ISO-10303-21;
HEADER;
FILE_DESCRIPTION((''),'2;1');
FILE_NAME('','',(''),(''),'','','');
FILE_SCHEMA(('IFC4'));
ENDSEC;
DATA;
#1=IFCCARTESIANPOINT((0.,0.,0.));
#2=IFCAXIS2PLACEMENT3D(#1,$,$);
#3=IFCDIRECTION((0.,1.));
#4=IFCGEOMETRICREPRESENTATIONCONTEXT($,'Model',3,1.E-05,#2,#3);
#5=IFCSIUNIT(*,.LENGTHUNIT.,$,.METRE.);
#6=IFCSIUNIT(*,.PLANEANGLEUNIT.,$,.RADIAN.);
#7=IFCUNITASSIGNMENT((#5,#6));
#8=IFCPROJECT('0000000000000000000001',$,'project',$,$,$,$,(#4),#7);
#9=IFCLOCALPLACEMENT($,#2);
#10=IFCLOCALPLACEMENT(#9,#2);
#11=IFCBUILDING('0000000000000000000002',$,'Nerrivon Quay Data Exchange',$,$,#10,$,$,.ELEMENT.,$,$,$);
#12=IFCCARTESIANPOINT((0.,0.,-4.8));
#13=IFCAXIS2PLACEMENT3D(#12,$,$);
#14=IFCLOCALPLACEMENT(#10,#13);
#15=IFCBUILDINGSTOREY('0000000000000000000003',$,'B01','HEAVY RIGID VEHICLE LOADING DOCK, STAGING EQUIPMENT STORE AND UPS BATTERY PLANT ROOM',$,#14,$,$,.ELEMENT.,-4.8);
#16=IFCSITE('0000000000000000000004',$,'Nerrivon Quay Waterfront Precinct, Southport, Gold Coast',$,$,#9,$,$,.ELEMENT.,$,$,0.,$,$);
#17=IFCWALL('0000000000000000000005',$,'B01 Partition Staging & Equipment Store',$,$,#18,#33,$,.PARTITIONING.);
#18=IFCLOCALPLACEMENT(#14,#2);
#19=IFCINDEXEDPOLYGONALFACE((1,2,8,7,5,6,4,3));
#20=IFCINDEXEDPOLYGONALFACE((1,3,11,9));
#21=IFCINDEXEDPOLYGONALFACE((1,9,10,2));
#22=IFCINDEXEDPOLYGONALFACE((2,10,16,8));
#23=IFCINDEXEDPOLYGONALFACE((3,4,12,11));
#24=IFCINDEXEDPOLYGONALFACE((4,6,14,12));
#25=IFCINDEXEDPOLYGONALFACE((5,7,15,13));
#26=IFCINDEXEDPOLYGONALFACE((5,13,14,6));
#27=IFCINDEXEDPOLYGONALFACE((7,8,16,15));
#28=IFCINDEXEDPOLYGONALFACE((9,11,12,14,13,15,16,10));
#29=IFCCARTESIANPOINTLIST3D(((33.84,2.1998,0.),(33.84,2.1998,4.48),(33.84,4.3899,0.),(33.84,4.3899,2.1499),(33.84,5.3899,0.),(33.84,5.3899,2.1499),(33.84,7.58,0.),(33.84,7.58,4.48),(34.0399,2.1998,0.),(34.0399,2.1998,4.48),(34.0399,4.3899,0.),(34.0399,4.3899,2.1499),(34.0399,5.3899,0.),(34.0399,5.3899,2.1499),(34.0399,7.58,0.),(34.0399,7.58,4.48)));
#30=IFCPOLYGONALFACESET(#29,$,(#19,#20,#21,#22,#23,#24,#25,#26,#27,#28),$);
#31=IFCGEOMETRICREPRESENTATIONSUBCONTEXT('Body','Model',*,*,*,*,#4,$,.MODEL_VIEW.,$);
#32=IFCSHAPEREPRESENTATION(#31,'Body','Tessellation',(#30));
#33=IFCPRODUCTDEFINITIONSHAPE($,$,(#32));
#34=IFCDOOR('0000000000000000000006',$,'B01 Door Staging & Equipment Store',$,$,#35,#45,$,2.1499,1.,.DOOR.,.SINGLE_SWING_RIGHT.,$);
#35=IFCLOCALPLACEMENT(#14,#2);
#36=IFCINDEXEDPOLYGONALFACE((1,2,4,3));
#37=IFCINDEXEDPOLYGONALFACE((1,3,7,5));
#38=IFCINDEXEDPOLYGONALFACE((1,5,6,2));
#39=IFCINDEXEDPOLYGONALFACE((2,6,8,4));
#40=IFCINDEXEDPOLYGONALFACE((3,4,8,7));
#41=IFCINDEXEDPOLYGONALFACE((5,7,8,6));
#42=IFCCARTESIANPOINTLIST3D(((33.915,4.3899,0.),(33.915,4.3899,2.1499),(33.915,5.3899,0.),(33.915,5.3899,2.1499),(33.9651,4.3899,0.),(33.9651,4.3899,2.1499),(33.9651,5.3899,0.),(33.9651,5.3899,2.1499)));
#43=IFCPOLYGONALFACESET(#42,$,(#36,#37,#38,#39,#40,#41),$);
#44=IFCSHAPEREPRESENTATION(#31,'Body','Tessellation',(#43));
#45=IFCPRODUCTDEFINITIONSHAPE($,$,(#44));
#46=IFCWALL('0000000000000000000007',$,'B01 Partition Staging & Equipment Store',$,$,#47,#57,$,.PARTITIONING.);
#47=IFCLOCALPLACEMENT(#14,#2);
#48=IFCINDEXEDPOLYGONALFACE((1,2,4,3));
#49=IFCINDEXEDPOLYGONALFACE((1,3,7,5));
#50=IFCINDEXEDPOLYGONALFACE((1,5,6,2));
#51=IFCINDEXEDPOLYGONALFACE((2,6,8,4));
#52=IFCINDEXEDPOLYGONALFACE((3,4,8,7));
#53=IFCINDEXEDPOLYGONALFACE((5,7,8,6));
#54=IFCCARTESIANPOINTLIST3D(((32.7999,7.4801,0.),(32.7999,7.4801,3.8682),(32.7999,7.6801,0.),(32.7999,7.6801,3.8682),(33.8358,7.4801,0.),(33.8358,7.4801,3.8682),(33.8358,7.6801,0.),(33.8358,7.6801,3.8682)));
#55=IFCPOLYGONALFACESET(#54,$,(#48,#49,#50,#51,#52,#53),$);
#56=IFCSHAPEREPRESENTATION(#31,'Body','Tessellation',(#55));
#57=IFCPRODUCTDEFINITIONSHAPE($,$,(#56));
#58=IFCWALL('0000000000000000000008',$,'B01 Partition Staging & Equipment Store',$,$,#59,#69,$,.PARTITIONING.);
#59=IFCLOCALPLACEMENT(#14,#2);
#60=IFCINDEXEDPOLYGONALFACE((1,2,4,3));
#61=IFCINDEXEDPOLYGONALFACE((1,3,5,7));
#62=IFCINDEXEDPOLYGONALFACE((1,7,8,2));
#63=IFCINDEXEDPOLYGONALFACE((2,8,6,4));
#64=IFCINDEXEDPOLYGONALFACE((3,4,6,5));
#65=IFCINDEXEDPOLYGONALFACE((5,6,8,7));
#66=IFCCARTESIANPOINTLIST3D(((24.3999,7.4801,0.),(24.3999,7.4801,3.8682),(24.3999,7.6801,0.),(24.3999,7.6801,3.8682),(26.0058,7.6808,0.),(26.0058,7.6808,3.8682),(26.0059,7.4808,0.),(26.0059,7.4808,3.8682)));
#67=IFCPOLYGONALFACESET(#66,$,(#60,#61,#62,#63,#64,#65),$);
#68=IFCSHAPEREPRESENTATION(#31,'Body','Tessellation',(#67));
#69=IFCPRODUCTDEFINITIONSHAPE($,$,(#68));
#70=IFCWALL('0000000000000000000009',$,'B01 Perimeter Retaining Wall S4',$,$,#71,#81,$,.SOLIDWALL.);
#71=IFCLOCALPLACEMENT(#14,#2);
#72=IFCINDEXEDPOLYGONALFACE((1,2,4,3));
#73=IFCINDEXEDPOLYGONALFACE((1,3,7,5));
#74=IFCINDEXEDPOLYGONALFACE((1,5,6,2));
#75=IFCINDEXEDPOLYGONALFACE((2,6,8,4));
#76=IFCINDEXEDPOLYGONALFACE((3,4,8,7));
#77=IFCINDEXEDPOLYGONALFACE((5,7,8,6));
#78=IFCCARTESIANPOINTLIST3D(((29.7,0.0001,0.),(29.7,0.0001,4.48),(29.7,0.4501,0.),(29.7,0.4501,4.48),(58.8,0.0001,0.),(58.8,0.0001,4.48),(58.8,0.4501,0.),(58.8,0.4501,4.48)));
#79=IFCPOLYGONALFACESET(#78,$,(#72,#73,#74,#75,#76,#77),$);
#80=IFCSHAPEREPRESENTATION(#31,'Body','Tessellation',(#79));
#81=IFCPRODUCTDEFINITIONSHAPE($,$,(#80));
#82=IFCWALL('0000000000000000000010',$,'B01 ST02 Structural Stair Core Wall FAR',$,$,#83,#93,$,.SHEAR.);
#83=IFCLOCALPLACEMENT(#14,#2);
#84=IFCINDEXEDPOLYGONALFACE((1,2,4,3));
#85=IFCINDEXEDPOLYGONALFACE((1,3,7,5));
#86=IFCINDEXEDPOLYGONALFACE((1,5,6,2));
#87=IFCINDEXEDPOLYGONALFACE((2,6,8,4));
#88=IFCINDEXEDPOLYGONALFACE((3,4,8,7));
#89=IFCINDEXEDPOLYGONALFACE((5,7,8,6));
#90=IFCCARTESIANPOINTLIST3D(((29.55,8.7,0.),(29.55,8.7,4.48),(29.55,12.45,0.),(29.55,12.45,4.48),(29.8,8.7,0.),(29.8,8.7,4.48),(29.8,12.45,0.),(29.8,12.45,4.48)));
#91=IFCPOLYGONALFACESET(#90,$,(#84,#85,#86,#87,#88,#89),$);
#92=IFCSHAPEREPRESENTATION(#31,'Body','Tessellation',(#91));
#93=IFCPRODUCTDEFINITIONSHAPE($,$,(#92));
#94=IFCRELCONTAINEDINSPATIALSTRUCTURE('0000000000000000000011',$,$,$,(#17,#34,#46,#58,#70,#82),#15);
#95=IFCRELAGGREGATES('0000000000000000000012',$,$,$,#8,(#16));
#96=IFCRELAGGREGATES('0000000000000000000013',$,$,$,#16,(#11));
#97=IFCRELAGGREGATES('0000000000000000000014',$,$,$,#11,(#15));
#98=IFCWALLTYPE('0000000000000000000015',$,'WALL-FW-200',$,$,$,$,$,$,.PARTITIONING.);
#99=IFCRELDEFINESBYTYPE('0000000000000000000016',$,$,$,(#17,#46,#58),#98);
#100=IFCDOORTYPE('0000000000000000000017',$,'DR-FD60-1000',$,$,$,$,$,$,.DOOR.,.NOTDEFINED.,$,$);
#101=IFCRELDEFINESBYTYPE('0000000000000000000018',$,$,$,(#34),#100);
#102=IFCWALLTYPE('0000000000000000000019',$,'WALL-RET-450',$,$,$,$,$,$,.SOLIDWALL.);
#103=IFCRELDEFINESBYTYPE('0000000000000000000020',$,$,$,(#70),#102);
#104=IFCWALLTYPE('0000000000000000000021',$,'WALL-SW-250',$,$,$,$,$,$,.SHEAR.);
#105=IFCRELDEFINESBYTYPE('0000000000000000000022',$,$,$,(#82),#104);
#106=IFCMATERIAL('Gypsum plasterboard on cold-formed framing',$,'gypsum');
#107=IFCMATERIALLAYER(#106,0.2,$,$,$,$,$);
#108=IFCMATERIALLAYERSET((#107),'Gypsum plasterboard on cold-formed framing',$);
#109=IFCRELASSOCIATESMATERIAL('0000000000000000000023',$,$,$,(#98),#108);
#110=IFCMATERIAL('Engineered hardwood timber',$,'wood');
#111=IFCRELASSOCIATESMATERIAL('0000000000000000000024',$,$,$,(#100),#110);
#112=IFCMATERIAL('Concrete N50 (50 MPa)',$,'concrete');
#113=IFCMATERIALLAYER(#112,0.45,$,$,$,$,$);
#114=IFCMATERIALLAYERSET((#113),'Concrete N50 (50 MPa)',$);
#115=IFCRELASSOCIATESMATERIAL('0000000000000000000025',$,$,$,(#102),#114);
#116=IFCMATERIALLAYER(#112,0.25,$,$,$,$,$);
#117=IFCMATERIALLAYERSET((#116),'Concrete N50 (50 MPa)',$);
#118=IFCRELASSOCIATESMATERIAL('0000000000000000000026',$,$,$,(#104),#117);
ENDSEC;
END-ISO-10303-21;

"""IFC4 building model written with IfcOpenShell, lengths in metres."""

from ifc_helpers import new_model, si_unit, direction, frame, frame_2d, origin, place, context, subcontext, project, spatial, rectangle, extrude, material, layer, layer_set, type_object, element, fill, save


model = new_model("IFC4")

# Units and contexts
model_context = context("Model", 3, precision=1e-05, world=origin(), true_north=direction((0.0, 1.0)))
body_context = subcontext(model_context, "Body", "Model", "MODEL_VIEW")
ifc_project = project(units=[si_unit("LENGTHUNIT", "METRE"), si_unit("PLANEANGLEUNIT", "RADIAN")], contexts=[model_context])

# Site, building, storey
site_placement = place(None, origin())
site = spatial("IfcSite", under=ifc_project, at=site_placement, Name="Nerrivon Quay Waterfront Precinct, Southport, Gold Coast", CompositionType="ELEMENT", RefElevation=0.0)
building_placement = place(site_placement, origin())
building = spatial("IfcBuilding", under=site, at=building_placement, Name="Nerrivon Quay Data Exchange", CompositionType="ELEMENT")
storey_placement = place(building_placement, frame((0.0, 0.0, -4.8)))
storey = spatial("IfcBuildingStorey", under=building, at=storey_placement, Name="B01", Description="HEAVY RIGID VEHICLE LOADING DOCK, STAGING EQUIPMENT STORE AND UPS BATTERY PLANT ROOM", CompositionType="ELEMENT", Elevation=-4.8)

# Shared definitions
ifc_material_1 = material(Name="Gypsum plasterboard on cold-formed framing", Category="gypsum")
ifc_layer_1 = layer(ifc_material_1, 0.2)
ifc_layer_set_1 = layer_set([ifc_layer_1], Name="Gypsum plasterboard on cold-formed framing")
wall_type_1 = type_object("IfcWallType", Name="WALL-FW-200", PredefinedType="PARTITIONING", material=ifc_layer_set_1)

# Wall, opening, door
wall_1_placement = place(storey_placement, frame((33.9399, 2.2, 0.0), z_axis=(0.0, 0.0, 1.0), x_axis=(0.0, 1.0, 0.0)))
wall_1 = element("IfcWall", 1, at=wall_1_placement, inside=storey, type_object=wall_type_1, Name="B01 Partition Staging & Equipment Store", PredefinedType="PARTITIONING", context=body_context, shape_type="SweptSolid", body=[
    extrude(rectangle(XDim=5.3801, YDim=0.2, at=frame_2d((2.6899, 0.0))), origin(), (0.0, 0.0, 1.0), 4.48),
])
opening_1_placement = place(wall_1_placement, frame((2.1899, 0.0, 0.0)))
opening_1 = element("IfcOpeningElement", 2, at=opening_1_placement, cuts=wall_1, PredefinedType="OPENING", context=body_context, shape_type="SweptSolid", body=[
    extrude(rectangle(XDim=1.0, YDim=2.1499, at=frame_2d((0.5, 1.075))), frame((0.0, 0.1099, 0.0), z_axis=(0.0, -1.0, 0.0), x_axis=(1.0, 0.0, 0.0)), (0.0, 0.0, 1.0), 0.22),
])
ifc_material_2 = material(Name="Engineered hardwood timber", Category="wood")
door_type_1 = type_object("IfcDoorType", Name="DR-FD60-1000", OperationType="NOTDEFINED", PredefinedType="DOOR", material=ifc_material_2)
door_1_placement = place(opening_1_placement, origin())
door_1 = element("IfcDoor", 3, at=door_1_placement, inside=storey, type_object=door_type_1, Name="B01 Door Staging & Equipment Store", OperationType="SINGLE_SWING_RIGHT", OverallHeight=2.1499, OverallWidth=1.0, PredefinedType="DOOR", context=body_context, shape_type="SweptSolid", body=[
    extrude(rectangle(XDim=1.0, YDim=2.1499, at=frame_2d((0.5, 1.075))), frame((0.0, 0.0249, 0.0), z_axis=(0.0, -1.0, 0.0), x_axis=(1.0, 0.0, 0.0)), (0.0, 0.0, 1.0), 0.05),
])
fill(opening_1, door_1)

# Walls
wall_2_placement = place(storey_placement, frame((33.8359, 7.5801, 0.0), z_axis=(0.0, 0.0, 1.0), x_axis=(-1.0, 0.0, 0.0)))
element("IfcWall", 4, at=wall_2_placement, inside=storey, type_object=wall_type_1, Name="B01 Partition Staging & Equipment Store", PredefinedType="PARTITIONING", context=body_context, shape_type="SweptSolid", body=[
    extrude(rectangle(XDim=1.0359, YDim=0.2, at=frame_2d((0.5181, 0.0))), origin(), (0.0, 0.0, 1.0), 3.8682),
])
wall_3_placement = place(storey_placement, frame((26.0059, 7.5808, 0.0), z_axis=(0.0, 0.0, 1.0), x_axis=(-1.0, -0.000456, 0.0)))
element("IfcWall", 5, at=wall_3_placement, inside=storey, type_object=wall_type_1, Name="B01 Partition Staging & Equipment Store", PredefinedType="PARTITIONING", context=body_context, shape_type="SweptSolid", body=[
    extrude(rectangle(XDim=1.606, YDim=0.2, at=frame_2d((0.803, 0.0))), origin(), (0.0, 0.0, 1.0), 3.8682),
])
ifc_material_3 = material(Name="Concrete N50 (50 MPa)", Category="concrete")
ifc_layer_2 = layer(ifc_material_3, 0.45)
ifc_layer_set_2 = layer_set([ifc_layer_2], Name="Concrete N50 (50 MPa)")
wall_type_2 = type_object("IfcWallType", Name="WALL-RET-450", PredefinedType="SOLIDWALL", material=ifc_layer_set_2)
wall_4_placement = place(storey_placement, frame((29.7, 0.2251, 0.0), z_axis=(0.0, 0.0, 1.0), x_axis=(1.0, 0.0, 0.0)))
element("IfcWall", 6, at=wall_4_placement, inside=storey, type_object=wall_type_2, Name="B01 Perimeter Retaining Wall S4", PredefinedType="SOLIDWALL", context=body_context, shape_type="SweptSolid", body=[
    extrude(rectangle(XDim=29.1001, YDim=0.45, at=frame_2d((14.55, 0.0))), origin(), (0.0, 0.0, 1.0), 4.48),
])
ifc_layer_3 = layer(ifc_material_3, 0.25)
ifc_layer_set_3 = layer_set([ifc_layer_3], Name="Concrete N50 (50 MPa)")
wall_type_3 = type_object("IfcWallType", Name="WALL-SW-250", PredefinedType="SHEAR", material=ifc_layer_set_3)
wall_5_placement = place(storey_placement, frame((29.675, 8.7, 0.0), z_axis=(0.0, 0.0, 1.0), x_axis=(0.0, 1.0, 0.0)))
element("IfcWall", 7, at=wall_5_placement, inside=storey, type_object=wall_type_3, Name="B01 ST02 Structural Stair Core Wall FAR", PredefinedType="SHEAR", context=body_context, shape_type="SweptSolid", body=[
    extrude(rectangle(XDim=3.75, YDim=0.25, at=frame_2d((1.875, 0.0))), origin(), (0.0, 0.0, 1.0), 4.48),
])

save(model, "model.ifc")
